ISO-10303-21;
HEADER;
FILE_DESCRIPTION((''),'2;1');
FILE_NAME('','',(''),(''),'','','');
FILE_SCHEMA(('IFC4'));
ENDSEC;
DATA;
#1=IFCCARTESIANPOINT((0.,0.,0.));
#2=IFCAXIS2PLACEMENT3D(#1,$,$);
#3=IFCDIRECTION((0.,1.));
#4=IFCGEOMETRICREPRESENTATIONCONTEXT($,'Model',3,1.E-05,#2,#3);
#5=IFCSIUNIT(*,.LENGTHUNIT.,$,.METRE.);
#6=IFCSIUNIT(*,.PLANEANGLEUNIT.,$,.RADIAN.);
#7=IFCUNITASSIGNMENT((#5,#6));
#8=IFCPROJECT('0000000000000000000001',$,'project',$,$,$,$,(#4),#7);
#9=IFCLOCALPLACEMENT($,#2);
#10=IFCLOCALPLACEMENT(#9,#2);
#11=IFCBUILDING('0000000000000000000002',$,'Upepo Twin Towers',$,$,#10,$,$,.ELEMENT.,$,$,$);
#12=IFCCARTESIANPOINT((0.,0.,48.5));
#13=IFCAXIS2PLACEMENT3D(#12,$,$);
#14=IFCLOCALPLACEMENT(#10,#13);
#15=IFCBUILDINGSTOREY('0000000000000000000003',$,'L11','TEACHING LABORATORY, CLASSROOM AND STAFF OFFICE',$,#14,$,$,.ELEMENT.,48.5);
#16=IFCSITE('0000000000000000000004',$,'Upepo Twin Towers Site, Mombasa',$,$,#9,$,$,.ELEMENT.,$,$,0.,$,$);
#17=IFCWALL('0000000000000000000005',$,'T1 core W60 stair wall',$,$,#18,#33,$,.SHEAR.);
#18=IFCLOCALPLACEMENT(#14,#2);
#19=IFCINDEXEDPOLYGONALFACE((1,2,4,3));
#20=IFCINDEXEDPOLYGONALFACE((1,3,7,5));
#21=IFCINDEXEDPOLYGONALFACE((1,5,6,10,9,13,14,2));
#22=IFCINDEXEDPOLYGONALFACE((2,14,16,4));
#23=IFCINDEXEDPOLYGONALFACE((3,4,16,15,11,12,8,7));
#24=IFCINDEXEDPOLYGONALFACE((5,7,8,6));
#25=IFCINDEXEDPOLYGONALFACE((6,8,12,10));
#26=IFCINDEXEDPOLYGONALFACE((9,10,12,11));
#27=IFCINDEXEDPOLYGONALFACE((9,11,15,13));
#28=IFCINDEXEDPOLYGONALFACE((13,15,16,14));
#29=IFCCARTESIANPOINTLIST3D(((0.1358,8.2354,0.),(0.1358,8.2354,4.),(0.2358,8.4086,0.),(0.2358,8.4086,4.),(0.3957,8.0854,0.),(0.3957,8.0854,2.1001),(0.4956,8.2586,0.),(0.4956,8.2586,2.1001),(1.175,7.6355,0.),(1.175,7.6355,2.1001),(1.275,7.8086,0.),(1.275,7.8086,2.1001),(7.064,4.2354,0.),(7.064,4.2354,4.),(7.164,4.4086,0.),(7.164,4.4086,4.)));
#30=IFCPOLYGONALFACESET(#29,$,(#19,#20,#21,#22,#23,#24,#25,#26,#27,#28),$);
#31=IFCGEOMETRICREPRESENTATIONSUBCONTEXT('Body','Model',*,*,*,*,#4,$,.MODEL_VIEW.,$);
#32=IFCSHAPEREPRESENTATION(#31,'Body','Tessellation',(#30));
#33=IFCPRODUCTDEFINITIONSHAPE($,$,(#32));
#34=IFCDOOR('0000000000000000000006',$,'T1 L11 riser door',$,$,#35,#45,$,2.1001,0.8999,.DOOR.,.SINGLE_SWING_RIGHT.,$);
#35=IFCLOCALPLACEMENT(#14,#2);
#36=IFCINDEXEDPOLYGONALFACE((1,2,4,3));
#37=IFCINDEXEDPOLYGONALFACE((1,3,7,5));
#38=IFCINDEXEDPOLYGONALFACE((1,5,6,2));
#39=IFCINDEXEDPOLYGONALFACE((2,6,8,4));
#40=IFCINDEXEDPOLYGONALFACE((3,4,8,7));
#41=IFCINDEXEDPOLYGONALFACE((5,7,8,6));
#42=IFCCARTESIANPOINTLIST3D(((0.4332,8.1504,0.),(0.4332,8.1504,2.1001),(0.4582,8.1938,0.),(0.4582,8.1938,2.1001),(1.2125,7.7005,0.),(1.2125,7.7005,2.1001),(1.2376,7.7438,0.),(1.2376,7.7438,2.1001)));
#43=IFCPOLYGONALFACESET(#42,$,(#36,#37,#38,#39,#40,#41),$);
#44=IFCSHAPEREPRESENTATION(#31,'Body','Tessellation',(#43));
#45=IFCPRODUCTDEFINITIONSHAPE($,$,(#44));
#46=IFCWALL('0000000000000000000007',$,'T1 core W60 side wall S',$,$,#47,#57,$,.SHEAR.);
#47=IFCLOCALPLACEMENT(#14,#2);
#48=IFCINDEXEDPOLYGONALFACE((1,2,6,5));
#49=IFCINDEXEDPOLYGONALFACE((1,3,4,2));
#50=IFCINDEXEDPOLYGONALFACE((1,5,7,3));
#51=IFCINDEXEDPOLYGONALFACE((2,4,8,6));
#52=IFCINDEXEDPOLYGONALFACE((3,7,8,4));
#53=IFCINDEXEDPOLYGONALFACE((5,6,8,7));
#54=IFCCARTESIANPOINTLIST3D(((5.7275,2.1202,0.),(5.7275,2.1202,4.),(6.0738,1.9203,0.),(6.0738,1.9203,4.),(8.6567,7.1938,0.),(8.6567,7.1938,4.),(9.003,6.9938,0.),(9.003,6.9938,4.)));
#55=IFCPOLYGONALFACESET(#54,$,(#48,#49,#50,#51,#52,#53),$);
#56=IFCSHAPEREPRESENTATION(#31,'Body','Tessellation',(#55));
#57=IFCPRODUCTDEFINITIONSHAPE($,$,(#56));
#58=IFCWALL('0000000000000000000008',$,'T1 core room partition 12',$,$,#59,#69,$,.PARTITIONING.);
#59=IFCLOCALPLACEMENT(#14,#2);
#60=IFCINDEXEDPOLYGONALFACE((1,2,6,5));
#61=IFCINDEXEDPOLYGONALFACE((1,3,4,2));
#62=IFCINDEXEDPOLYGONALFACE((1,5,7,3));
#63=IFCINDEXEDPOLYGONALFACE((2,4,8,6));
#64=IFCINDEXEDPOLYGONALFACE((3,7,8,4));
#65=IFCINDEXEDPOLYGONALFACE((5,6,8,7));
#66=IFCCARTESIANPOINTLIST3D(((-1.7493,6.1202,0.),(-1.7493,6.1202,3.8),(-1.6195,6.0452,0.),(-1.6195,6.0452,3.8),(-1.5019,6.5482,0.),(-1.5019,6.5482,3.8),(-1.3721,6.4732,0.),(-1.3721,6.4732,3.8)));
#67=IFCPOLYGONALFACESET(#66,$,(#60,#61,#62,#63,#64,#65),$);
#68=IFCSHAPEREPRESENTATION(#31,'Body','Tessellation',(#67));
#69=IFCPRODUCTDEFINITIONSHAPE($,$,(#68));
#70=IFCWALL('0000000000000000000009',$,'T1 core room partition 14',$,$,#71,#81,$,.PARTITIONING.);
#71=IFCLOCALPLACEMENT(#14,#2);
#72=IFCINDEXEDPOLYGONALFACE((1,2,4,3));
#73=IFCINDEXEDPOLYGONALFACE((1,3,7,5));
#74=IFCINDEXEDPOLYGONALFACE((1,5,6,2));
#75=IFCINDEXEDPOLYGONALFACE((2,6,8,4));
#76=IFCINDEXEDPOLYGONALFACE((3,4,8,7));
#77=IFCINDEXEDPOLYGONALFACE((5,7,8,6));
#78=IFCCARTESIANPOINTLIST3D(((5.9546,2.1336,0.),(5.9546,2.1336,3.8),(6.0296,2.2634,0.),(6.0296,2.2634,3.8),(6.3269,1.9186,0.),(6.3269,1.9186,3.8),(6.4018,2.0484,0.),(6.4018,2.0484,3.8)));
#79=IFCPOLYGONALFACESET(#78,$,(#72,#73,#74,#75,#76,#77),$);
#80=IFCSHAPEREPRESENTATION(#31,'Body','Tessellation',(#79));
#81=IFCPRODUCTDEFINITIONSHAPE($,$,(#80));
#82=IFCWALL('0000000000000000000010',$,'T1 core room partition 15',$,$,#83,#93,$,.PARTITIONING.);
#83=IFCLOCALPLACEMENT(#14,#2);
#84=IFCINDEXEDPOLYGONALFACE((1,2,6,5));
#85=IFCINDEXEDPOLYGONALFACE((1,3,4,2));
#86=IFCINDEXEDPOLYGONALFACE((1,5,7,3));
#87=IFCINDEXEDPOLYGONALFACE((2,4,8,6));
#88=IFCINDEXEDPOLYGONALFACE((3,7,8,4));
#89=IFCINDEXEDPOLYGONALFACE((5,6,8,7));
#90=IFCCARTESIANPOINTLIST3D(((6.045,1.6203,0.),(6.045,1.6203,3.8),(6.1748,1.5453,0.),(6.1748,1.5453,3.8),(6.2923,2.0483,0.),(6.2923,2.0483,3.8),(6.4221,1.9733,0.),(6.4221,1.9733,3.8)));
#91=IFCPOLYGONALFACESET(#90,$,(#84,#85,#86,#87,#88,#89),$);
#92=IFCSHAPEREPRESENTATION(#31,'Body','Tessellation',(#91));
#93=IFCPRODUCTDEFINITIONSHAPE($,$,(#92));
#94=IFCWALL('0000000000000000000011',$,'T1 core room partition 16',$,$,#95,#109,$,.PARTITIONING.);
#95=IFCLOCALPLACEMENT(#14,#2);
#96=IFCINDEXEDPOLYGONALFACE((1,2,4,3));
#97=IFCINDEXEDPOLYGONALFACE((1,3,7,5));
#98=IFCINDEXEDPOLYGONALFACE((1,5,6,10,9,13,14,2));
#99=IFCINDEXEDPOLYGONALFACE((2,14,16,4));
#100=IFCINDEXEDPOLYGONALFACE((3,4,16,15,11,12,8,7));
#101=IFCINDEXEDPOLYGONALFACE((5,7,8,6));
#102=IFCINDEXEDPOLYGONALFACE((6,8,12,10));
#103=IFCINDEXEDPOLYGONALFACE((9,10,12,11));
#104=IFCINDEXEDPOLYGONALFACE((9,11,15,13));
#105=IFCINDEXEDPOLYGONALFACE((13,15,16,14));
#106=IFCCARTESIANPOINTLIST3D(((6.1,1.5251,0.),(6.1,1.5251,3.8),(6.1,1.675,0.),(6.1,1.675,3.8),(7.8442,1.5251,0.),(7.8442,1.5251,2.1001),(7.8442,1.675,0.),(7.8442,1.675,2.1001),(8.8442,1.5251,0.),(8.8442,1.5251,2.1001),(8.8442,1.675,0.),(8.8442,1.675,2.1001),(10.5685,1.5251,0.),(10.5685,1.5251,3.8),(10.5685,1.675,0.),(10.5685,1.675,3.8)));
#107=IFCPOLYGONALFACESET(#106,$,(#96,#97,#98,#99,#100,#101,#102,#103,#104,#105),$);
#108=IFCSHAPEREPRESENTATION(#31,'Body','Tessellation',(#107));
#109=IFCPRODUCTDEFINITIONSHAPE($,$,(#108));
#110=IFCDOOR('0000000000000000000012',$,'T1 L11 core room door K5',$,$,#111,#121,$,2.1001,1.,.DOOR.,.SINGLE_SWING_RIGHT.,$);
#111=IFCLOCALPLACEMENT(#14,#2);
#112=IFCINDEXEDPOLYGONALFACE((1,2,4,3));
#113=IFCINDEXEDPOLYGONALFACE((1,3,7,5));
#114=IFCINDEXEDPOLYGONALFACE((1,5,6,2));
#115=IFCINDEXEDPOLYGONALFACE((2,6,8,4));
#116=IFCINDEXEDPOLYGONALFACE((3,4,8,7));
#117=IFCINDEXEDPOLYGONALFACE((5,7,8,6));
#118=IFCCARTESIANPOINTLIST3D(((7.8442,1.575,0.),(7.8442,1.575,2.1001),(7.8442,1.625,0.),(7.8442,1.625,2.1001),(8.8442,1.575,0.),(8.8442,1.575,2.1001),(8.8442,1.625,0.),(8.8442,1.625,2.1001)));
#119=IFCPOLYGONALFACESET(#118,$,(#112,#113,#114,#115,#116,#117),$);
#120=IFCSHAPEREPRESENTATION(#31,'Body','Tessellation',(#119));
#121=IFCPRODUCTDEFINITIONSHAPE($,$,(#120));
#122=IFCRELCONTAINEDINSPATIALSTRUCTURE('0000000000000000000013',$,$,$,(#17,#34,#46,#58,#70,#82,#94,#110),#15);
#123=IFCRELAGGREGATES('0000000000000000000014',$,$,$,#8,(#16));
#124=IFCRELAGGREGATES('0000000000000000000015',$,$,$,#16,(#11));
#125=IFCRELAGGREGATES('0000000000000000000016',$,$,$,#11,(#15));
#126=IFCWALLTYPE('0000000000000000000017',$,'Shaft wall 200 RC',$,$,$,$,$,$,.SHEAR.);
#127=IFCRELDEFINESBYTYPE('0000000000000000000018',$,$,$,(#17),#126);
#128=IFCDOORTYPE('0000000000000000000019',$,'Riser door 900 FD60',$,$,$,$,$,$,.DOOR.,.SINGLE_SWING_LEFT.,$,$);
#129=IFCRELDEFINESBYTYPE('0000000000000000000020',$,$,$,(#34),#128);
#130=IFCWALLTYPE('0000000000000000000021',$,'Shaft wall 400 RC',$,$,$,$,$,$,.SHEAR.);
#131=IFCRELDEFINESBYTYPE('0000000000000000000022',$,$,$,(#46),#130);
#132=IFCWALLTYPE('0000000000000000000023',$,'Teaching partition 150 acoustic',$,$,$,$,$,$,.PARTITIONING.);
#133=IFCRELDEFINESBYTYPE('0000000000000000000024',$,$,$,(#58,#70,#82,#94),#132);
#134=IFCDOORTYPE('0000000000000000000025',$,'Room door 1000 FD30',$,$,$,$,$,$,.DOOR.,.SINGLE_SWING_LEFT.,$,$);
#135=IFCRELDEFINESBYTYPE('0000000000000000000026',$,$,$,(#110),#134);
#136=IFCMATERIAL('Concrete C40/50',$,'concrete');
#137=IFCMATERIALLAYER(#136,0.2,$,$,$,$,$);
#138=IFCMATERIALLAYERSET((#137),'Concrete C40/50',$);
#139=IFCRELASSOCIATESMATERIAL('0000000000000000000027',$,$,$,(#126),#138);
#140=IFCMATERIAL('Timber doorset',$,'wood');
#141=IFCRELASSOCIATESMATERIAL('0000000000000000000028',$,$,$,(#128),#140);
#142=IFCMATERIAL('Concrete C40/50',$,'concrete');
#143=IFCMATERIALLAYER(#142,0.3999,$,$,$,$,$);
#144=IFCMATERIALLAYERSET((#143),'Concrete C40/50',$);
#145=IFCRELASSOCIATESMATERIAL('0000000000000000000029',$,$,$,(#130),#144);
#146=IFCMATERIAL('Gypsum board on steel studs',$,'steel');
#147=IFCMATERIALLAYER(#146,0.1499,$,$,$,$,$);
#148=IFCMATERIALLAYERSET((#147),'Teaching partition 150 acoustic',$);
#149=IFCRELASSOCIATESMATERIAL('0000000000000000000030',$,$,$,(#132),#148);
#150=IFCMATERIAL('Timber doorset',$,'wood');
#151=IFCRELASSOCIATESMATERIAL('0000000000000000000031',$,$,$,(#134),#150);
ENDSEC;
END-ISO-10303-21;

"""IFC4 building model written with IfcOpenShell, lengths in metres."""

from ifc_helpers import new_model, si_unit, direction, frame, frame_2d, origin, place, context, subcontext, project, spatial, rectangle, extrude, material, layer, layer_set, type_object, element, fill, save


model = new_model("IFC4")

# Units and contexts
model_context = context("Model", 3, precision=1e-05, world=origin(), true_north=direction((0.0, 1.0)))
body_context = subcontext(model_context, "Body", "Model", "MODEL_VIEW")
ifc_project = project(units=[si_unit("LENGTHUNIT", "METRE"), si_unit("PLANEANGLEUNIT", "RADIAN")], contexts=[model_context])

# Site, building, storey
site_placement = place(None, origin())
site = spatial("IfcSite", under=ifc_project, at=site_placement, Name="Upepo Twin Towers Site, Mombasa", CompositionType="ELEMENT", RefElevation=0.0)
building_placement = place(site_placement, origin())
building = spatial("IfcBuilding", under=site, at=building_placement, Name="Upepo Twin Towers", CompositionType="ELEMENT")
storey_placement = place(building_placement, frame((0.0, 0.0, 48.5)))
storey = spatial("IfcBuildingStorey", under=building, at=storey_placement, Name="L11", Description="TEACHING LABORATORY, CLASSROOM AND STAFF OFFICE", CompositionType="ELEMENT", Elevation=48.5)

# Shared definitions
ifc_material_1 = material(Name="Concrete C40/50", Category="concrete")
ifc_layer_1 = layer(ifc_material_1, 0.2)
ifc_layer_set_1 = layer_set([ifc_layer_1], Name="Concrete C40/50")
wall_type_1 = type_object("IfcWallType", Name="Shaft wall 200 RC", PredefinedType="SHEAR", material=ifc_layer_set_1)

# Wall, opening, door
wall_1_placement = place(storey_placement, frame((7.114, 4.322, 0.0), z_axis=(0.0, 0.0, 1.0), x_axis=(-0.866026, 0.499999, 0.0)))
wall_1 = element("IfcWall", 1, at=wall_1_placement, inside=storey, type_object=wall_type_1, Name="T1 core W60 stair wall", PredefinedType="SHEAR", context=body_context, shape_type="SweptSolid", body=[
    extrude(rectangle(XDim=8.0, YDim=0.2, at=frame_2d((4.0, 0.0))), origin(), (0.0, 0.0, 1.0), 4.0),
])
opening_1_placement = place(wall_1_placement, frame((6.8, 0.0, 0.0)))
opening_1 = element("IfcOpeningElement", 2, at=opening_1_placement, cuts=wall_1, PredefinedType="OPENING", context=body_context, shape_type="SweptSolid", body=[
    extrude(rectangle(XDim=0.8999, YDim=2.1001, at=frame_2d((0.45, 1.05))), frame((0.0, 0.1099, 0.0), z_axis=(0.0, -1.0, 0.0), x_axis=(1.0, 0.0, 0.0)), (0.0, 0.0, 1.0), 0.22),
])
ifc_material_2 = material(Name="Timber doorset", Category="wood")
door_type_1 = type_object("IfcDoorType", Name="Riser door 900 FD60", OperationType="SINGLE_SWING_LEFT", PredefinedType="DOOR", material=ifc_material_2)
door_1_placement = place(opening_1_placement, origin())
door_1 = element("IfcDoor", 3, at=door_1_placement, inside=storey, type_object=door_type_1, Name="T1 L11 riser door", OperationType="SINGLE_SWING_RIGHT", OverallHeight=2.1001, OverallWidth=0.8999, PredefinedType="DOOR", context=body_context, shape_type="SweptSolid", body=[
    extrude(rectangle(XDim=0.8999, YDim=2.1001, at=frame_2d((0.45, 1.05))), frame((0.0, 0.0249, 0.0), z_axis=(0.0, -1.0, 0.0), x_axis=(1.0, 0.0, 0.0)), (0.0, 0.0, 1.0), 0.05),
])
fill(opening_1, door_1)

# Walls
ifc_material_3 = material(Name="Concrete C40/50", Category="concrete")
ifc_layer_2 = layer(ifc_material_3, 0.3999)
ifc_layer_set_2 = layer_set([ifc_layer_2], Name="Concrete C40/50")
wall_type_2 = type_object("IfcWallType", Name="Shaft wall 400 RC", PredefinedType="SHEAR", material=ifc_layer_set_2)
wall_2_placement = place(storey_placement, frame((5.9006, 2.0203, 0.0), z_axis=(0.0, 0.0, 1.0), x_axis=(0.500003, 0.866024, 0.0)))
element("IfcWall", 4, at=wall_2_placement, inside=storey, type_object=wall_type_2, Name="T1 core W60 side wall S", PredefinedType="SHEAR", context=body_context, shape_type="SweptSolid", body=[
    extrude(rectangle(XDim=5.8584, YDim=0.3999, at=frame_2d((2.9292, 0.0))), origin(), (0.0, 0.0, 1.0), 4.0),
])
ifc_material_4 = material(Name="Gypsum board on steel studs", Category="steel")
ifc_layer_3 = layer(ifc_material_4, 0.1499)
ifc_layer_set_3 = layer_set([ifc_layer_3], Name="Teaching partition 150 acoustic")
wall_type_3 = type_object("IfcWallType", Name="Teaching partition 150 acoustic", PredefinedType="PARTITIONING", material=ifc_layer_set_3)
wall_3_placement = place(storey_placement, frame((-1.6843, 6.0828, 0.0), z_axis=(0.0, 0.0, 1.0), x_axis=(0.500335, 0.865832, 0.0)))
element("IfcWall", 5, at=wall_3_placement, inside=storey, type_object=wall_type_3, Name="T1 core room partition 12", PredefinedType="PARTITIONING", context=body_context, shape_type="SweptSolid", body=[
    extrude(rectangle(XDim=0.4944, YDim=0.1499, at=frame_2d((0.2471, 0.0))), origin(), (0.0, 0.0, 1.0), 3.8),
])
wall_4_placement = place(storey_placement, frame((5.9922, 2.1985, 0.0), z_axis=(0.0, 0.0, 1.0), x_axis=(0.865892, -0.50023, 0.0)))
element("IfcWall", 6, at=wall_4_placement, inside=storey, type_object=wall_type_3, Name="T1 core room partition 14", PredefinedType="PARTITIONING", context=body_context, shape_type="SweptSolid", body=[
    extrude(rectangle(XDim=0.4299, YDim=0.1499, at=frame_2d((0.2148, 0.0))), origin(), (0.0, 0.0, 1.0), 3.8),
])
wall_5_placement = place(storey_placement, frame((6.3572, 2.0107, 0.0), z_axis=(0.0, 0.0, 1.0), x_axis=(-0.500335, -0.865832, 0.0)))
element("IfcWall", 7, at=wall_5_placement, inside=storey, type_object=wall_type_3, Name="T1 core room partition 15", PredefinedType="PARTITIONING", context=body_context, shape_type="SweptSolid", body=[
    extrude(rectangle(XDim=0.4944, YDim=0.1499, at=frame_2d((0.2471, 0.0))), origin(), (0.0, 0.0, 1.0), 3.8),
])

# Wall, opening, door
wall_6_placement = place(storey_placement, frame((6.0999, 1.6001, 0.0), z_axis=(0.0, 0.0, 1.0), x_axis=(1.0, 0.0, 0.0)))
wall_6 = element("IfcWall", 8, at=wall_6_placement, inside=storey, type_object=wall_type_3, Name="T1 core room partition 16", PredefinedType="PARTITIONING", context=body_context, shape_type="SweptSolid", body=[
    extrude(rectangle(XDim=4.4685, YDim=0.1499, at=frame_2d((2.2344, 0.0))), origin(), (0.0, 0.0, 1.0), 3.8),
])
opening_2_placement = place(wall_6_placement, frame((1.7444, 0.0, 0.0)))
opening_2 = element("IfcOpeningElement", 9, at=opening_2_placement, cuts=wall_6, PredefinedType="OPENING", context=body_context, shape_type="SweptSolid", body=[
    extrude(rectangle(XDim=1.0, YDim=2.1001, at=frame_2d((0.5, 1.05))), frame((0.0, 0.085, 0.0), z_axis=(0.0, -1.0, 0.0), x_axis=(1.0, 0.0, 0.0)), (0.0, 0.0, 1.0), 0.1699),
])
ifc_material_5 = material(Name="Timber doorset", Category="wood")
door_type_2 = type_object("IfcDoorType", Name="Room door 1000 FD30", OperationType="SINGLE_SWING_LEFT", PredefinedType="DOOR", material=ifc_material_5)
door_2_placement = place(opening_2_placement, origin())
door_2 = element("IfcDoor", 10, at=door_2_placement, inside=storey, type_object=door_type_2, Name="T1 L11 core room door K5", OperationType="SINGLE_SWING_RIGHT", OverallHeight=2.1001, OverallWidth=1.0, PredefinedType="DOOR", context=body_context, shape_type="SweptSolid", body=[
    extrude(rectangle(XDim=1.0, YDim=2.1001, at=frame_2d((0.5, 1.05))), frame((0.0, 0.0249, 0.0), z_axis=(0.0, -1.0, 0.0), x_axis=(1.0, 0.0, 0.0)), (0.0, 0.0, 1.0), 0.05),
])
fill(opening_2, door_2)

save(model, "model.ifc")
